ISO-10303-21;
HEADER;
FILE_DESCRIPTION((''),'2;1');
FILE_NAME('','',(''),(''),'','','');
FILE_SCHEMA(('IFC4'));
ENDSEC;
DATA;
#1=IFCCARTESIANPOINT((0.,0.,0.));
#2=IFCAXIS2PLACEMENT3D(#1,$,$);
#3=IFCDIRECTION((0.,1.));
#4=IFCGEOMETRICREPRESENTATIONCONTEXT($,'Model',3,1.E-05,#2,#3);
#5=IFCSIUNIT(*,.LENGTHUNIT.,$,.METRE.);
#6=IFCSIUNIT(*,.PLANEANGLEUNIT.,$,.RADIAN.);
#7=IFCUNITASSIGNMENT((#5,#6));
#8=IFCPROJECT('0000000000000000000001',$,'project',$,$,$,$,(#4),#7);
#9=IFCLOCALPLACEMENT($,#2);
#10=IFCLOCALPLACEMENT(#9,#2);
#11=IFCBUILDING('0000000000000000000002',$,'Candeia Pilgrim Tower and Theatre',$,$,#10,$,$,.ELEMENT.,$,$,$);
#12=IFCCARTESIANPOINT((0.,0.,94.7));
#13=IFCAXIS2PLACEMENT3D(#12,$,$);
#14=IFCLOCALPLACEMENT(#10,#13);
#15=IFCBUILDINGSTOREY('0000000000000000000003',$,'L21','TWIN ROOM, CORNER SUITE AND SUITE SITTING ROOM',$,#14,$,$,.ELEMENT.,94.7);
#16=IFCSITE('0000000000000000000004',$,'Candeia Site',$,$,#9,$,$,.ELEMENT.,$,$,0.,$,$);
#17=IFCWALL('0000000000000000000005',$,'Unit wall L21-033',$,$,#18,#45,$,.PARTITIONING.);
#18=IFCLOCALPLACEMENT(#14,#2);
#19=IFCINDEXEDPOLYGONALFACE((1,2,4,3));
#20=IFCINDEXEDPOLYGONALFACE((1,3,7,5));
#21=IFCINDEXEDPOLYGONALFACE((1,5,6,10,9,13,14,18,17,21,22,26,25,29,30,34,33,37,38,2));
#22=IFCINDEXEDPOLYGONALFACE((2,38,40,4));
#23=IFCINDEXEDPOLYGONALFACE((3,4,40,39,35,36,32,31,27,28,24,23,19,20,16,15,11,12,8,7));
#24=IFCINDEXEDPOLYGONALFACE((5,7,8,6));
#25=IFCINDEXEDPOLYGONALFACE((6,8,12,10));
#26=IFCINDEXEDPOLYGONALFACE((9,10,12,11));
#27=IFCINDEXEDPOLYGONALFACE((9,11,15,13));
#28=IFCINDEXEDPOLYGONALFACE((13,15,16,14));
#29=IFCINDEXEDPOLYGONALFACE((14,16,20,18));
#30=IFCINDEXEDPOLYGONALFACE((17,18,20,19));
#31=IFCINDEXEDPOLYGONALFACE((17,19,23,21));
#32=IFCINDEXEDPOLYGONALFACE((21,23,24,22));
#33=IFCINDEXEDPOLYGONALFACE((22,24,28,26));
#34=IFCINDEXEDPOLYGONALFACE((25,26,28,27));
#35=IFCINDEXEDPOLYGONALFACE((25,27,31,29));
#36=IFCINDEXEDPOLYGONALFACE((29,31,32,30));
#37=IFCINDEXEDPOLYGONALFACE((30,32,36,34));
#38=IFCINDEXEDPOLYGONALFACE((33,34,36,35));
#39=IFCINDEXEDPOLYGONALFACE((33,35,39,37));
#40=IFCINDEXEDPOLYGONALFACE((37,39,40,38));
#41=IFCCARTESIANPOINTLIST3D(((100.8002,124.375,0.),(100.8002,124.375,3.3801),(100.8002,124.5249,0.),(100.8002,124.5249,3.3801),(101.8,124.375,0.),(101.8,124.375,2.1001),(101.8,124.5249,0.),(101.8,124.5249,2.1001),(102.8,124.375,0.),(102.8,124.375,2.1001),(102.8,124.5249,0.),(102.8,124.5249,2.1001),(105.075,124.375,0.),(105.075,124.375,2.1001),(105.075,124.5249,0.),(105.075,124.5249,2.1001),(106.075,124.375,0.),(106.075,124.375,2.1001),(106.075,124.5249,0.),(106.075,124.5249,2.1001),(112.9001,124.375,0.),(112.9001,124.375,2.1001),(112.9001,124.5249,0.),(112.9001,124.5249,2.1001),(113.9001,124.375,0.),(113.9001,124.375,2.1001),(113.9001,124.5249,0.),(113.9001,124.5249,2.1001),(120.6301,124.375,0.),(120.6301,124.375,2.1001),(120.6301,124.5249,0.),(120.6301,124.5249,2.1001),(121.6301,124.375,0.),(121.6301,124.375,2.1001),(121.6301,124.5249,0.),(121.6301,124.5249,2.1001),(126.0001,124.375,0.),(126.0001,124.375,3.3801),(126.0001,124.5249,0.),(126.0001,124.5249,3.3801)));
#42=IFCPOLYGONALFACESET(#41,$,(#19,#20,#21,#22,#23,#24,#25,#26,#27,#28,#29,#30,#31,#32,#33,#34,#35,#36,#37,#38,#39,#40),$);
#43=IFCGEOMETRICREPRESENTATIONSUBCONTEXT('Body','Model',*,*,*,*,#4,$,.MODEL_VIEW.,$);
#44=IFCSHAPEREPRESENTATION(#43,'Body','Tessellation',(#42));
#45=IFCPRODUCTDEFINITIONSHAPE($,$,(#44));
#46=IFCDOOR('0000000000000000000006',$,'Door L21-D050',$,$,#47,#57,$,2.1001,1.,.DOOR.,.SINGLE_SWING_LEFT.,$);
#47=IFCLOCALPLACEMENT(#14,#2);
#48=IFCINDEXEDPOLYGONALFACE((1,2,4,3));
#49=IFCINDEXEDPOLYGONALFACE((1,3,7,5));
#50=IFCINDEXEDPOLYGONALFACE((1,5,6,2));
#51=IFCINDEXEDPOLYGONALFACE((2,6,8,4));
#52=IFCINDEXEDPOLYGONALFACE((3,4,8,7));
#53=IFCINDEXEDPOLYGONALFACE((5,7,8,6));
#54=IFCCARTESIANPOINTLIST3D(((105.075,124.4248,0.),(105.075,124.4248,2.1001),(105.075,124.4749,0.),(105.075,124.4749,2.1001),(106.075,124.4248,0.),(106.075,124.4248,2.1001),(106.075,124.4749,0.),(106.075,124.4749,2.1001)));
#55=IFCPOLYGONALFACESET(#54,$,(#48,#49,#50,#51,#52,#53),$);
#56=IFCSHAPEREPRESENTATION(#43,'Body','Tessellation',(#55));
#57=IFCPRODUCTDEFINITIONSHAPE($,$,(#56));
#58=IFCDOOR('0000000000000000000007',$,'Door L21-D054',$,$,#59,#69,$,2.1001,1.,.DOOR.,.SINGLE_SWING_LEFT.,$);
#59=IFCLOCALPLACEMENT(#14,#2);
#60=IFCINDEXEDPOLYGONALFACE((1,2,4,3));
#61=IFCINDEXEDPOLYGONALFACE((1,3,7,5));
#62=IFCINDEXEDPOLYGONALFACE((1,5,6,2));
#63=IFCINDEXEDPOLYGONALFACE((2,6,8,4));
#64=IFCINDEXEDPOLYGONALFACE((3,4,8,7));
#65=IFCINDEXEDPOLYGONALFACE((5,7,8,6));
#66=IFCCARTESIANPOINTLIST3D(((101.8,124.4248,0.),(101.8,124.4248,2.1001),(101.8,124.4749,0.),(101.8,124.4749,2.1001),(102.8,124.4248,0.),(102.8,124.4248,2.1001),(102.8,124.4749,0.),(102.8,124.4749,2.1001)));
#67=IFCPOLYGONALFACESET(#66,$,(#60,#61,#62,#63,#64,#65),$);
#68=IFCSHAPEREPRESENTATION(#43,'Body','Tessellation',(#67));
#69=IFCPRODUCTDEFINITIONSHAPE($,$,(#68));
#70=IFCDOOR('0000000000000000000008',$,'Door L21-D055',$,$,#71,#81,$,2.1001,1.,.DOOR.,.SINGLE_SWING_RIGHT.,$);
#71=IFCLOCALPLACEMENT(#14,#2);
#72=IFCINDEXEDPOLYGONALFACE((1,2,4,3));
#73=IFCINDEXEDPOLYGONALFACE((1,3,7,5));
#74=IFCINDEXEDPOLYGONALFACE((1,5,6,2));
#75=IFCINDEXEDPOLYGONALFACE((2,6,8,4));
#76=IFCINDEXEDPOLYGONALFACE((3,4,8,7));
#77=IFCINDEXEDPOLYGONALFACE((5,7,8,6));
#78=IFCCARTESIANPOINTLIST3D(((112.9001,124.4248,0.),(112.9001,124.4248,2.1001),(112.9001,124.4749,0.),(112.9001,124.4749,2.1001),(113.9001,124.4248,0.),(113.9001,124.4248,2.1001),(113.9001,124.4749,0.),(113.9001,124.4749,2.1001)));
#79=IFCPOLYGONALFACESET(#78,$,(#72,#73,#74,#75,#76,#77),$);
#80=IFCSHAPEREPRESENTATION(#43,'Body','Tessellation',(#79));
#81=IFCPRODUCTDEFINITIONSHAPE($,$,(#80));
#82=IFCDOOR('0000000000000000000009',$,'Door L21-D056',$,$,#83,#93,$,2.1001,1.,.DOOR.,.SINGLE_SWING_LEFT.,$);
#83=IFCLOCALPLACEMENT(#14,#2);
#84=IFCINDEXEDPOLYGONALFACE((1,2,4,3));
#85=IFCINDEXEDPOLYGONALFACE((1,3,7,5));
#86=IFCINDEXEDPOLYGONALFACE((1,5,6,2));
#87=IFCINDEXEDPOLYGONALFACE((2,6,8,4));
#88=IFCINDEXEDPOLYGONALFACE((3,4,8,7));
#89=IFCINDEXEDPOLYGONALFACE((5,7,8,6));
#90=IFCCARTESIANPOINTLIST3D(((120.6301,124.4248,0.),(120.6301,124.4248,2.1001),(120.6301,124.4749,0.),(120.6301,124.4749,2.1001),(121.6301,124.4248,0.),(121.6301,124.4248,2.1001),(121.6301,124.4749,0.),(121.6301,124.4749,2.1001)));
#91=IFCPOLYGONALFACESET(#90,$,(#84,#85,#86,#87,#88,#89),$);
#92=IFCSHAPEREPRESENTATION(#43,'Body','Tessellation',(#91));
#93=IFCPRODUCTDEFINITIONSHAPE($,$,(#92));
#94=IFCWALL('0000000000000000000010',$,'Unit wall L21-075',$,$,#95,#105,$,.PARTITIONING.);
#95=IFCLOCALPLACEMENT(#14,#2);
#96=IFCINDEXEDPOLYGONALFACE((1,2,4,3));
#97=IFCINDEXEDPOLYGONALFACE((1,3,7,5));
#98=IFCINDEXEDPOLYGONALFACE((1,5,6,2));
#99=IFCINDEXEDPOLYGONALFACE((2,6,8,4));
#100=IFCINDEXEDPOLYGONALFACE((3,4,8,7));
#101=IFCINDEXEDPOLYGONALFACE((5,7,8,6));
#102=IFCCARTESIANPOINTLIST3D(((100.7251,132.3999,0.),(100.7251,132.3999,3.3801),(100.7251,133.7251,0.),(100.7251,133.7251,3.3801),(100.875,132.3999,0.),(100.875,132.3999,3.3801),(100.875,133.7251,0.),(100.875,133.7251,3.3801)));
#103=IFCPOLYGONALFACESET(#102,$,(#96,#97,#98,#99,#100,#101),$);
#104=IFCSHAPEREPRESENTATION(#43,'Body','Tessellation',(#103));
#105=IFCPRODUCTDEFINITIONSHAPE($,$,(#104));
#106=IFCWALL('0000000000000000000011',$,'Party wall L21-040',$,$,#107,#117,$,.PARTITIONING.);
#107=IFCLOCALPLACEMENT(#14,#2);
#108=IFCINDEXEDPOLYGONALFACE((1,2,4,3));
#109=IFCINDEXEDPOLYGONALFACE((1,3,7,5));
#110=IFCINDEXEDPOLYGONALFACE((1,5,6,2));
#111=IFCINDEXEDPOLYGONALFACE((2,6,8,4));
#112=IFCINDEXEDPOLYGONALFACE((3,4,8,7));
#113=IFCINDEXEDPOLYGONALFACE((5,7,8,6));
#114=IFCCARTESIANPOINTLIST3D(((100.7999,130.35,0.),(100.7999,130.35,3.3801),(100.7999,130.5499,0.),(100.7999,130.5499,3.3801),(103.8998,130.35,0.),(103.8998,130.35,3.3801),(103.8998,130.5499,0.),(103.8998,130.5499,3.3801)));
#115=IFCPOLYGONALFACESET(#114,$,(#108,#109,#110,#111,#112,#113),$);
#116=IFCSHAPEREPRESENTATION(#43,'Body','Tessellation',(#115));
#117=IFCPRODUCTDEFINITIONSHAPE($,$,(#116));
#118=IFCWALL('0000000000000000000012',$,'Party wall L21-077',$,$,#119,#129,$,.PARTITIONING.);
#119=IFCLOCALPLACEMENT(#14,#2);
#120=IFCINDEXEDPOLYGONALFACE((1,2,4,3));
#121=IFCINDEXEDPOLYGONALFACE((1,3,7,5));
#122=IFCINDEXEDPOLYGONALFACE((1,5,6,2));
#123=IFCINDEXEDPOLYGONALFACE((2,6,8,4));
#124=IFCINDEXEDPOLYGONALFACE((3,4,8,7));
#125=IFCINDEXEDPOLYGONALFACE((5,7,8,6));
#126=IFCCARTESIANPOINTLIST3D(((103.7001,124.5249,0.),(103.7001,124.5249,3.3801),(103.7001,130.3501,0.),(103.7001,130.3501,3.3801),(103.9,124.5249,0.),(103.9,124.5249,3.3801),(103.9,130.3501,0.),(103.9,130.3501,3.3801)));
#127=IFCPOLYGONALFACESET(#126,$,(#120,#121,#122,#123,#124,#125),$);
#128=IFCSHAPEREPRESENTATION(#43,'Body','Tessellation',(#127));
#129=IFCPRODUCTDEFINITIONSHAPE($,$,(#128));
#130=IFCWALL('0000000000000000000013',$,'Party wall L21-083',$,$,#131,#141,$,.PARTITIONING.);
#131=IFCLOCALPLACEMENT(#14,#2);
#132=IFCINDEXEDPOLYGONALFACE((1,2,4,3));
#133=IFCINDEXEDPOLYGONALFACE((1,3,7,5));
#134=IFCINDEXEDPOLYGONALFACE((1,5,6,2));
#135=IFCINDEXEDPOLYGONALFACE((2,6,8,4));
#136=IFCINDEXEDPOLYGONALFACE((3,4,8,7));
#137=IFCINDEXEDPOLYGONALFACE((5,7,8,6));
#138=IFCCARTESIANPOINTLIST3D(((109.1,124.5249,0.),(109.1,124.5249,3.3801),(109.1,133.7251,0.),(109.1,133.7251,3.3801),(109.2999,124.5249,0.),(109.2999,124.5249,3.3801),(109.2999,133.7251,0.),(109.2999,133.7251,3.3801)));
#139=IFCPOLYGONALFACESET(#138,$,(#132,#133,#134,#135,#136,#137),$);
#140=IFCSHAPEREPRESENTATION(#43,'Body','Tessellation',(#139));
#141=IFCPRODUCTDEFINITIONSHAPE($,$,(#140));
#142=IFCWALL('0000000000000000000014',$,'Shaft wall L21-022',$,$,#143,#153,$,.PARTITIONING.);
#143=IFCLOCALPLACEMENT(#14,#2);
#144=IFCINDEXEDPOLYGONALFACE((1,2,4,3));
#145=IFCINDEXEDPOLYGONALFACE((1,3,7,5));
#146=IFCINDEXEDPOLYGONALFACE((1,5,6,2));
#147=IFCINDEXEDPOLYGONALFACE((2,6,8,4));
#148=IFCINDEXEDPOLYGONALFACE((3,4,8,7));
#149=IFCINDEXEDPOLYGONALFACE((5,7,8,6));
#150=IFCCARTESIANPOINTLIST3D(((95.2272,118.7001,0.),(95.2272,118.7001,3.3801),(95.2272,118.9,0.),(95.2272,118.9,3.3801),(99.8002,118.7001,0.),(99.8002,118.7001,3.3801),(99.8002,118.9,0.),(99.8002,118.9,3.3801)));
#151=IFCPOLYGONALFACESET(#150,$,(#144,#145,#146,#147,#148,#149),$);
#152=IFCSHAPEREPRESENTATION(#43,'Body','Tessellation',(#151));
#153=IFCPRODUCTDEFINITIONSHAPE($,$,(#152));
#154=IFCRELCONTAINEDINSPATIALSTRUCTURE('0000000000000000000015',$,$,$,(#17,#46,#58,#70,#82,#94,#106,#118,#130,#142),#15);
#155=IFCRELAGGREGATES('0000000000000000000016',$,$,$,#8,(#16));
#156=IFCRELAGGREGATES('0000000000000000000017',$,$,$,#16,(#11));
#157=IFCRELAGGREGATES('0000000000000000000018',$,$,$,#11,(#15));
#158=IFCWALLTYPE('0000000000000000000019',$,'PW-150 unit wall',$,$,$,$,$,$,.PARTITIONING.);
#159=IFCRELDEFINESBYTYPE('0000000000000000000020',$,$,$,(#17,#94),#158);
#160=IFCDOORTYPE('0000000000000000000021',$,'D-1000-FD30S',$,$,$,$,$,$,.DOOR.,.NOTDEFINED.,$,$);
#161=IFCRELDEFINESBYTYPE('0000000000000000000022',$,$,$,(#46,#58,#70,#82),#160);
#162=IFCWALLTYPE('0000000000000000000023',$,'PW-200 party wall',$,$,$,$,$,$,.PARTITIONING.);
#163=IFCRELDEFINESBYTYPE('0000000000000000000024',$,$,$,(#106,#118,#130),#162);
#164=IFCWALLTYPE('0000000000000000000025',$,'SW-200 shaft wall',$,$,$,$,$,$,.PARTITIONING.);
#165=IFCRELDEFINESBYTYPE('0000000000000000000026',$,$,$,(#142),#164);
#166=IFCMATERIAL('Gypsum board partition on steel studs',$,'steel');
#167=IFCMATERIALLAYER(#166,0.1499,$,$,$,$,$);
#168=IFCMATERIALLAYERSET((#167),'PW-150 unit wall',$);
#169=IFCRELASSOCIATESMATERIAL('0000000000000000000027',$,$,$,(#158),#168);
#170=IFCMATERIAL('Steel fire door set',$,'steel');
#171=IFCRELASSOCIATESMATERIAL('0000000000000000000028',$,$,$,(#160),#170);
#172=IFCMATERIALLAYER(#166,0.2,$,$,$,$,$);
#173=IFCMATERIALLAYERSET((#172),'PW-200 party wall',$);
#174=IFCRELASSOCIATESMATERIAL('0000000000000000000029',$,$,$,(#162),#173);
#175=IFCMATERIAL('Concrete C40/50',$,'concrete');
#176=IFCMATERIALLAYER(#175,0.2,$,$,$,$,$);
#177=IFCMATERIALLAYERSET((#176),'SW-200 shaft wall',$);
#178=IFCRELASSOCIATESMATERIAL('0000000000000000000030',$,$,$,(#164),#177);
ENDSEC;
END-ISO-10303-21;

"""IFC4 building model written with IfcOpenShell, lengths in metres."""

from ifc_helpers import new_model, si_unit, direction, frame, frame_2d, origin, place, context, subcontext, project, spatial, rectangle, extrude, material, layer, layer_set, type_object, element, fill, save


model = new_model("IFC4")

# Units and contexts
model_context = context("Model", 3, precision=1e-05, world=origin(), true_north=direction((0.0, 1.0)))
body_context = subcontext(model_context, "Body", "Model", "MODEL_VIEW")
ifc_project = project(units=[si_unit("LENGTHUNIT", "METRE"), si_unit("PLANEANGLEUNIT", "RADIAN")], contexts=[model_context])

# Site, building, storey
site_placement = place(None, origin())
site = spatial("IfcSite", under=ifc_project, at=site_placement, Name="Candeia Site", CompositionType="ELEMENT", RefElevation=0.0)
building_placement = place(site_placement, origin())
building = spatial("IfcBuilding", under=site, at=building_placement, Name="Candeia Pilgrim Tower and Theatre", CompositionType="ELEMENT")
storey_placement = place(building_placement, frame((0.0, 0.0, 94.7)))
storey = spatial("IfcBuildingStorey", under=building, at=storey_placement, Name="L21", Description="TWIN ROOM, CORNER SUITE AND SUITE SITTING ROOM", CompositionType="ELEMENT", Elevation=94.7)

# Shared definitions
ifc_material_1 = material(Name="Steel fire door set", Category="steel")
ifc_material_2 = material(Name="Gypsum board partition on steel studs", Category="steel")

# Shared definitions
ifc_layer_1 = layer(ifc_material_2, 0.1499)
ifc_layer_set_1 = layer_set([ifc_layer_1], Name="PW-150 unit wall")
wall_type_1 = type_object("IfcWallType", Name="PW-150 unit wall", PredefinedType="PARTITIONING", material=ifc_layer_set_1)

# Wall, openings, doors
wall_1_placement = place(storey_placement, frame((100.8, 124.45, 0.0), z_axis=(0.0, 0.0, 1.0), x_axis=(1.0, 0.0, 0.0)))
wall_1 = element("IfcWall", 1, at=wall_1_placement, inside=storey, type_object=wall_type_1, Name="Unit wall L21-033", PredefinedType="PARTITIONING", context=body_context, shape_type="SweptSolid", body=[
    extrude(rectangle(XDim=25.2, YDim=0.1499, at=frame_2d((12.6001, 0.0))), origin(), (0.0, 0.0, 1.0), 3.3801),
])
opening_1_placement = place(wall_1_placement, frame((4.2749, 0.0, 0.0)))
opening_1 = element("IfcOpeningElement", 2, at=opening_1_placement, cuts=wall_1, PredefinedType="OPENING", context=body_context, shape_type="SweptSolid", body=[
    extrude(rectangle(XDim=1.0, YDim=2.1001, at=frame_2d((0.5, 1.05))), frame((0.0, 0.085, 0.0), z_axis=(0.0, -1.0, 0.0), x_axis=(1.0, 0.0, 0.0)), (0.0, 0.0, 1.0), 0.1699),
])
opening_2_placement = place(wall_1_placement, frame((1.0, 0.0, 0.0)))
opening_2 = element("IfcOpeningElement", 3, at=opening_2_placement, cuts=wall_1, PredefinedType="OPENING", context=body_context, shape_type="SweptSolid", body=[
    extrude(rectangle(XDim=1.0, YDim=2.1001, at=frame_2d((0.5, 1.05))), frame((0.0, 0.085, 0.0), z_axis=(0.0, -1.0, 0.0), x_axis=(1.0, 0.0, 0.0)), (0.0, 0.0, 1.0), 0.1699),
])
opening_3_placement = place(wall_1_placement, frame((12.1001, 0.0, 0.0)))
opening_3 = element("IfcOpeningElement", 4, at=opening_3_placement, cuts=wall_1, PredefinedType="OPENING", context=body_context, shape_type="SweptSolid", body=[
    extrude(rectangle(XDim=1.0, YDim=2.1001, at=frame_2d((0.5, 1.05))), frame((0.0, 0.085, 0.0), z_axis=(0.0, -1.0, 0.0), x_axis=(1.0, 0.0, 0.0)), (0.0, 0.0, 1.0), 0.1699),
])
opening_4_placement = place(wall_1_placement, frame((19.8301, 0.0, 0.0)))
opening_4 = element("IfcOpeningElement", 5, at=opening_4_placement, cuts=wall_1, PredefinedType="OPENING", context=body_context, shape_type="SweptSolid", body=[
    extrude(rectangle(XDim=1.0, YDim=2.1001, at=frame_2d((0.5, 1.05))), frame((0.0, 0.085, 0.0), z_axis=(0.0, -1.0, 0.0), x_axis=(1.0, 0.0, 0.0)), (0.0, 0.0, 1.0), 0.1699),
])
door_type_1 = type_object("IfcDoorType", Name="D-1000-FD30S", OperationType="NOTDEFINED", PredefinedType="DOOR", material=ifc_material_1)
door_1_placement = place(opening_1_placement, origin())
door_1 = element("IfcDoor", 6, at=door_1_placement, inside=storey, type_object=door_type_1, Name="Door L21-D050", OperationType="SINGLE_SWING_LEFT", OverallHeight=2.1001, OverallWidth=1.0, PredefinedType="DOOR", context=body_context, shape_type="SweptSolid", body=[
    extrude(rectangle(XDim=1.0, YDim=2.1001, at=frame_2d((0.5, 1.05))), frame((0.0, 0.0249, 0.0), z_axis=(0.0, -1.0, 0.0), x_axis=(1.0, 0.0, 0.0)), (0.0, 0.0, 1.0), 0.05),
])
fill(opening_1, door_1)
door_2_placement = place(opening_2_placement, origin())
door_2 = element("IfcDoor", 7, at=door_2_placement, inside=storey, type_object=door_type_1, Name="Door L21-D054", OperationType="SINGLE_SWING_LEFT", OverallHeight=2.1001, OverallWidth=1.0, PredefinedType="DOOR", context=body_context, shape_type="SweptSolid", body=[
    extrude(rectangle(XDim=1.0, YDim=2.1001, at=frame_2d((0.5, 1.05))), frame((0.0, 0.0249, 0.0), z_axis=(0.0, -1.0, 0.0), x_axis=(1.0, 0.0, 0.0)), (0.0, 0.0, 1.0), 0.05),
])
fill(opening_2, door_2)
door_3_placement = place(opening_3_placement, origin())
door_3 = element("IfcDoor", 8, at=door_3_placement, inside=storey, type_object=door_type_1, Name="Door L21-D055", OperationType="SINGLE_SWING_RIGHT", OverallHeight=2.1001, OverallWidth=1.0, PredefinedType="DOOR", context=body_context, shape_type="SweptSolid", body=[
    extrude(rectangle(XDim=1.0, YDim=2.1001, at=frame_2d((0.5, 1.05))), frame((0.0, 0.0249, 0.0), z_axis=(0.0, -1.0, 0.0), x_axis=(1.0, 0.0, 0.0)), (0.0, 0.0, 1.0), 0.05),
])
fill(opening_3, door_3)
door_4_placement = place(opening_4_placement, origin())
door_4 = element("IfcDoor", 9, at=door_4_placement, inside=storey, type_object=door_type_1, Name="Door L21-D056", OperationType="SINGLE_SWING_LEFT", OverallHeight=2.1001, OverallWidth=1.0, PredefinedType="DOOR", context=body_context, shape_type="SweptSolid", body=[
    extrude(rectangle(XDim=1.0, YDim=2.1001, at=frame_2d((0.5, 1.05))), frame((0.0, 0.0249, 0.0), z_axis=(0.0, -1.0, 0.0), x_axis=(1.0, 0.0, 0.0)), (0.0, 0.0, 1.0), 0.05),
])
fill(opening_4, door_4)

# Walls
wall_2_placement = place(storey_placement, frame((100.8, 132.3999, 0.0), z_axis=(0.0, 0.0, 1.0), x_axis=(0.0, 1.0, 0.0)))
element("IfcWall", 10, at=wall_2_placement, inside=storey, type_object=wall_type_1, Name="Unit wall L21-075", PredefinedType="PARTITIONING", context=body_context, shape_type="SweptSolid", body=[
    extrude(rectangle(XDim=1.3252, YDim=0.1499, at=frame_2d((0.6626, 0.0))), origin(), (0.0, 0.0, 1.0), 3.3801),
])
ifc_layer_2 = layer(ifc_material_2, 0.2)
ifc_layer_set_2 = layer_set([ifc_layer_2], Name="PW-200 party wall")
wall_type_2 = type_object("IfcWallType", Name="PW-200 party wall", PredefinedType="PARTITIONING", material=ifc_layer_set_2)
wall_3_placement = place(storey_placement, frame((100.8, 130.45, 0.0), z_axis=(0.0, 0.0, 1.0), x_axis=(1.0, 0.0, 0.0)))
element("IfcWall", 11, at=wall_3_placement, inside=storey, type_object=wall_type_2, Name="Party wall L21-040", PredefinedType="PARTITIONING", context=body_context, shape_type="SweptSolid", body=[
    extrude(rectangle(XDim=3.0999, YDim=0.2, at=frame_2d((1.5498, 0.0))), origin(), (0.0, 0.0, 1.0), 3.3801),
])
wall_4_placement = place(storey_placement, frame((103.8, 124.5249, 0.0), z_axis=(0.0, 0.0, 1.0), x_axis=(0.0, 1.0, 0.0)))
element("IfcWall", 12, at=wall_4_placement, inside=storey, type_object=wall_type_2, Name="Party wall L21-077", PredefinedType="PARTITIONING", context=body_context, shape_type="SweptSolid", body=[
    extrude(rectangle(XDim=5.8252, YDim=0.2, at=frame_2d((2.9126, 0.0))), origin(), (0.0, 0.0, 1.0), 3.3801),
])
wall_5_placement = place(storey_placement, frame((109.2, 124.5249, 0.0), z_axis=(0.0, 0.0, 1.0), x_axis=(0.0, 1.0, 0.0)))
element("IfcWall", 13, at=wall_5_placement, inside=storey, type_object=wall_type_2, Name="Party wall L21-083", PredefinedType="PARTITIONING", context=body_context, shape_type="SweptSolid", body=[
    extrude(rectangle(XDim=9.2002, YDim=0.2, at=frame_2d((4.6001, 0.0))), origin(), (0.0, 0.0, 1.0), 3.3801),
])
ifc_material_3 = material(Name="Concrete C40/50", Category="concrete")
ifc_layer_3 = layer(ifc_material_3, 0.2)
ifc_layer_set_3 = layer_set([ifc_layer_3], Name="SW-200 shaft wall")
wall_type_3 = type_object("IfcWallType", Name="SW-200 shaft wall", PredefinedType="PARTITIONING", material=ifc_layer_set_3)
wall_6_placement = place(storey_placement, frame((95.2271, 118.8, 0.0), z_axis=(0.0, 0.0, 1.0), x_axis=(1.0, 0.0, 0.0)))
element("IfcWall", 14, at=wall_6_placement, inside=storey, type_object=wall_type_3, Name="Shaft wall L21-022", PredefinedType="PARTITIONING", context=body_context, shape_type="SweptSolid", body=[
    extrude(rectangle(XDim=4.573, YDim=0.2, at=frame_2d((2.2866, 0.0))), origin(), (0.0, 0.0, 1.0), 3.3801),
])

save(model, "model.ifc")
